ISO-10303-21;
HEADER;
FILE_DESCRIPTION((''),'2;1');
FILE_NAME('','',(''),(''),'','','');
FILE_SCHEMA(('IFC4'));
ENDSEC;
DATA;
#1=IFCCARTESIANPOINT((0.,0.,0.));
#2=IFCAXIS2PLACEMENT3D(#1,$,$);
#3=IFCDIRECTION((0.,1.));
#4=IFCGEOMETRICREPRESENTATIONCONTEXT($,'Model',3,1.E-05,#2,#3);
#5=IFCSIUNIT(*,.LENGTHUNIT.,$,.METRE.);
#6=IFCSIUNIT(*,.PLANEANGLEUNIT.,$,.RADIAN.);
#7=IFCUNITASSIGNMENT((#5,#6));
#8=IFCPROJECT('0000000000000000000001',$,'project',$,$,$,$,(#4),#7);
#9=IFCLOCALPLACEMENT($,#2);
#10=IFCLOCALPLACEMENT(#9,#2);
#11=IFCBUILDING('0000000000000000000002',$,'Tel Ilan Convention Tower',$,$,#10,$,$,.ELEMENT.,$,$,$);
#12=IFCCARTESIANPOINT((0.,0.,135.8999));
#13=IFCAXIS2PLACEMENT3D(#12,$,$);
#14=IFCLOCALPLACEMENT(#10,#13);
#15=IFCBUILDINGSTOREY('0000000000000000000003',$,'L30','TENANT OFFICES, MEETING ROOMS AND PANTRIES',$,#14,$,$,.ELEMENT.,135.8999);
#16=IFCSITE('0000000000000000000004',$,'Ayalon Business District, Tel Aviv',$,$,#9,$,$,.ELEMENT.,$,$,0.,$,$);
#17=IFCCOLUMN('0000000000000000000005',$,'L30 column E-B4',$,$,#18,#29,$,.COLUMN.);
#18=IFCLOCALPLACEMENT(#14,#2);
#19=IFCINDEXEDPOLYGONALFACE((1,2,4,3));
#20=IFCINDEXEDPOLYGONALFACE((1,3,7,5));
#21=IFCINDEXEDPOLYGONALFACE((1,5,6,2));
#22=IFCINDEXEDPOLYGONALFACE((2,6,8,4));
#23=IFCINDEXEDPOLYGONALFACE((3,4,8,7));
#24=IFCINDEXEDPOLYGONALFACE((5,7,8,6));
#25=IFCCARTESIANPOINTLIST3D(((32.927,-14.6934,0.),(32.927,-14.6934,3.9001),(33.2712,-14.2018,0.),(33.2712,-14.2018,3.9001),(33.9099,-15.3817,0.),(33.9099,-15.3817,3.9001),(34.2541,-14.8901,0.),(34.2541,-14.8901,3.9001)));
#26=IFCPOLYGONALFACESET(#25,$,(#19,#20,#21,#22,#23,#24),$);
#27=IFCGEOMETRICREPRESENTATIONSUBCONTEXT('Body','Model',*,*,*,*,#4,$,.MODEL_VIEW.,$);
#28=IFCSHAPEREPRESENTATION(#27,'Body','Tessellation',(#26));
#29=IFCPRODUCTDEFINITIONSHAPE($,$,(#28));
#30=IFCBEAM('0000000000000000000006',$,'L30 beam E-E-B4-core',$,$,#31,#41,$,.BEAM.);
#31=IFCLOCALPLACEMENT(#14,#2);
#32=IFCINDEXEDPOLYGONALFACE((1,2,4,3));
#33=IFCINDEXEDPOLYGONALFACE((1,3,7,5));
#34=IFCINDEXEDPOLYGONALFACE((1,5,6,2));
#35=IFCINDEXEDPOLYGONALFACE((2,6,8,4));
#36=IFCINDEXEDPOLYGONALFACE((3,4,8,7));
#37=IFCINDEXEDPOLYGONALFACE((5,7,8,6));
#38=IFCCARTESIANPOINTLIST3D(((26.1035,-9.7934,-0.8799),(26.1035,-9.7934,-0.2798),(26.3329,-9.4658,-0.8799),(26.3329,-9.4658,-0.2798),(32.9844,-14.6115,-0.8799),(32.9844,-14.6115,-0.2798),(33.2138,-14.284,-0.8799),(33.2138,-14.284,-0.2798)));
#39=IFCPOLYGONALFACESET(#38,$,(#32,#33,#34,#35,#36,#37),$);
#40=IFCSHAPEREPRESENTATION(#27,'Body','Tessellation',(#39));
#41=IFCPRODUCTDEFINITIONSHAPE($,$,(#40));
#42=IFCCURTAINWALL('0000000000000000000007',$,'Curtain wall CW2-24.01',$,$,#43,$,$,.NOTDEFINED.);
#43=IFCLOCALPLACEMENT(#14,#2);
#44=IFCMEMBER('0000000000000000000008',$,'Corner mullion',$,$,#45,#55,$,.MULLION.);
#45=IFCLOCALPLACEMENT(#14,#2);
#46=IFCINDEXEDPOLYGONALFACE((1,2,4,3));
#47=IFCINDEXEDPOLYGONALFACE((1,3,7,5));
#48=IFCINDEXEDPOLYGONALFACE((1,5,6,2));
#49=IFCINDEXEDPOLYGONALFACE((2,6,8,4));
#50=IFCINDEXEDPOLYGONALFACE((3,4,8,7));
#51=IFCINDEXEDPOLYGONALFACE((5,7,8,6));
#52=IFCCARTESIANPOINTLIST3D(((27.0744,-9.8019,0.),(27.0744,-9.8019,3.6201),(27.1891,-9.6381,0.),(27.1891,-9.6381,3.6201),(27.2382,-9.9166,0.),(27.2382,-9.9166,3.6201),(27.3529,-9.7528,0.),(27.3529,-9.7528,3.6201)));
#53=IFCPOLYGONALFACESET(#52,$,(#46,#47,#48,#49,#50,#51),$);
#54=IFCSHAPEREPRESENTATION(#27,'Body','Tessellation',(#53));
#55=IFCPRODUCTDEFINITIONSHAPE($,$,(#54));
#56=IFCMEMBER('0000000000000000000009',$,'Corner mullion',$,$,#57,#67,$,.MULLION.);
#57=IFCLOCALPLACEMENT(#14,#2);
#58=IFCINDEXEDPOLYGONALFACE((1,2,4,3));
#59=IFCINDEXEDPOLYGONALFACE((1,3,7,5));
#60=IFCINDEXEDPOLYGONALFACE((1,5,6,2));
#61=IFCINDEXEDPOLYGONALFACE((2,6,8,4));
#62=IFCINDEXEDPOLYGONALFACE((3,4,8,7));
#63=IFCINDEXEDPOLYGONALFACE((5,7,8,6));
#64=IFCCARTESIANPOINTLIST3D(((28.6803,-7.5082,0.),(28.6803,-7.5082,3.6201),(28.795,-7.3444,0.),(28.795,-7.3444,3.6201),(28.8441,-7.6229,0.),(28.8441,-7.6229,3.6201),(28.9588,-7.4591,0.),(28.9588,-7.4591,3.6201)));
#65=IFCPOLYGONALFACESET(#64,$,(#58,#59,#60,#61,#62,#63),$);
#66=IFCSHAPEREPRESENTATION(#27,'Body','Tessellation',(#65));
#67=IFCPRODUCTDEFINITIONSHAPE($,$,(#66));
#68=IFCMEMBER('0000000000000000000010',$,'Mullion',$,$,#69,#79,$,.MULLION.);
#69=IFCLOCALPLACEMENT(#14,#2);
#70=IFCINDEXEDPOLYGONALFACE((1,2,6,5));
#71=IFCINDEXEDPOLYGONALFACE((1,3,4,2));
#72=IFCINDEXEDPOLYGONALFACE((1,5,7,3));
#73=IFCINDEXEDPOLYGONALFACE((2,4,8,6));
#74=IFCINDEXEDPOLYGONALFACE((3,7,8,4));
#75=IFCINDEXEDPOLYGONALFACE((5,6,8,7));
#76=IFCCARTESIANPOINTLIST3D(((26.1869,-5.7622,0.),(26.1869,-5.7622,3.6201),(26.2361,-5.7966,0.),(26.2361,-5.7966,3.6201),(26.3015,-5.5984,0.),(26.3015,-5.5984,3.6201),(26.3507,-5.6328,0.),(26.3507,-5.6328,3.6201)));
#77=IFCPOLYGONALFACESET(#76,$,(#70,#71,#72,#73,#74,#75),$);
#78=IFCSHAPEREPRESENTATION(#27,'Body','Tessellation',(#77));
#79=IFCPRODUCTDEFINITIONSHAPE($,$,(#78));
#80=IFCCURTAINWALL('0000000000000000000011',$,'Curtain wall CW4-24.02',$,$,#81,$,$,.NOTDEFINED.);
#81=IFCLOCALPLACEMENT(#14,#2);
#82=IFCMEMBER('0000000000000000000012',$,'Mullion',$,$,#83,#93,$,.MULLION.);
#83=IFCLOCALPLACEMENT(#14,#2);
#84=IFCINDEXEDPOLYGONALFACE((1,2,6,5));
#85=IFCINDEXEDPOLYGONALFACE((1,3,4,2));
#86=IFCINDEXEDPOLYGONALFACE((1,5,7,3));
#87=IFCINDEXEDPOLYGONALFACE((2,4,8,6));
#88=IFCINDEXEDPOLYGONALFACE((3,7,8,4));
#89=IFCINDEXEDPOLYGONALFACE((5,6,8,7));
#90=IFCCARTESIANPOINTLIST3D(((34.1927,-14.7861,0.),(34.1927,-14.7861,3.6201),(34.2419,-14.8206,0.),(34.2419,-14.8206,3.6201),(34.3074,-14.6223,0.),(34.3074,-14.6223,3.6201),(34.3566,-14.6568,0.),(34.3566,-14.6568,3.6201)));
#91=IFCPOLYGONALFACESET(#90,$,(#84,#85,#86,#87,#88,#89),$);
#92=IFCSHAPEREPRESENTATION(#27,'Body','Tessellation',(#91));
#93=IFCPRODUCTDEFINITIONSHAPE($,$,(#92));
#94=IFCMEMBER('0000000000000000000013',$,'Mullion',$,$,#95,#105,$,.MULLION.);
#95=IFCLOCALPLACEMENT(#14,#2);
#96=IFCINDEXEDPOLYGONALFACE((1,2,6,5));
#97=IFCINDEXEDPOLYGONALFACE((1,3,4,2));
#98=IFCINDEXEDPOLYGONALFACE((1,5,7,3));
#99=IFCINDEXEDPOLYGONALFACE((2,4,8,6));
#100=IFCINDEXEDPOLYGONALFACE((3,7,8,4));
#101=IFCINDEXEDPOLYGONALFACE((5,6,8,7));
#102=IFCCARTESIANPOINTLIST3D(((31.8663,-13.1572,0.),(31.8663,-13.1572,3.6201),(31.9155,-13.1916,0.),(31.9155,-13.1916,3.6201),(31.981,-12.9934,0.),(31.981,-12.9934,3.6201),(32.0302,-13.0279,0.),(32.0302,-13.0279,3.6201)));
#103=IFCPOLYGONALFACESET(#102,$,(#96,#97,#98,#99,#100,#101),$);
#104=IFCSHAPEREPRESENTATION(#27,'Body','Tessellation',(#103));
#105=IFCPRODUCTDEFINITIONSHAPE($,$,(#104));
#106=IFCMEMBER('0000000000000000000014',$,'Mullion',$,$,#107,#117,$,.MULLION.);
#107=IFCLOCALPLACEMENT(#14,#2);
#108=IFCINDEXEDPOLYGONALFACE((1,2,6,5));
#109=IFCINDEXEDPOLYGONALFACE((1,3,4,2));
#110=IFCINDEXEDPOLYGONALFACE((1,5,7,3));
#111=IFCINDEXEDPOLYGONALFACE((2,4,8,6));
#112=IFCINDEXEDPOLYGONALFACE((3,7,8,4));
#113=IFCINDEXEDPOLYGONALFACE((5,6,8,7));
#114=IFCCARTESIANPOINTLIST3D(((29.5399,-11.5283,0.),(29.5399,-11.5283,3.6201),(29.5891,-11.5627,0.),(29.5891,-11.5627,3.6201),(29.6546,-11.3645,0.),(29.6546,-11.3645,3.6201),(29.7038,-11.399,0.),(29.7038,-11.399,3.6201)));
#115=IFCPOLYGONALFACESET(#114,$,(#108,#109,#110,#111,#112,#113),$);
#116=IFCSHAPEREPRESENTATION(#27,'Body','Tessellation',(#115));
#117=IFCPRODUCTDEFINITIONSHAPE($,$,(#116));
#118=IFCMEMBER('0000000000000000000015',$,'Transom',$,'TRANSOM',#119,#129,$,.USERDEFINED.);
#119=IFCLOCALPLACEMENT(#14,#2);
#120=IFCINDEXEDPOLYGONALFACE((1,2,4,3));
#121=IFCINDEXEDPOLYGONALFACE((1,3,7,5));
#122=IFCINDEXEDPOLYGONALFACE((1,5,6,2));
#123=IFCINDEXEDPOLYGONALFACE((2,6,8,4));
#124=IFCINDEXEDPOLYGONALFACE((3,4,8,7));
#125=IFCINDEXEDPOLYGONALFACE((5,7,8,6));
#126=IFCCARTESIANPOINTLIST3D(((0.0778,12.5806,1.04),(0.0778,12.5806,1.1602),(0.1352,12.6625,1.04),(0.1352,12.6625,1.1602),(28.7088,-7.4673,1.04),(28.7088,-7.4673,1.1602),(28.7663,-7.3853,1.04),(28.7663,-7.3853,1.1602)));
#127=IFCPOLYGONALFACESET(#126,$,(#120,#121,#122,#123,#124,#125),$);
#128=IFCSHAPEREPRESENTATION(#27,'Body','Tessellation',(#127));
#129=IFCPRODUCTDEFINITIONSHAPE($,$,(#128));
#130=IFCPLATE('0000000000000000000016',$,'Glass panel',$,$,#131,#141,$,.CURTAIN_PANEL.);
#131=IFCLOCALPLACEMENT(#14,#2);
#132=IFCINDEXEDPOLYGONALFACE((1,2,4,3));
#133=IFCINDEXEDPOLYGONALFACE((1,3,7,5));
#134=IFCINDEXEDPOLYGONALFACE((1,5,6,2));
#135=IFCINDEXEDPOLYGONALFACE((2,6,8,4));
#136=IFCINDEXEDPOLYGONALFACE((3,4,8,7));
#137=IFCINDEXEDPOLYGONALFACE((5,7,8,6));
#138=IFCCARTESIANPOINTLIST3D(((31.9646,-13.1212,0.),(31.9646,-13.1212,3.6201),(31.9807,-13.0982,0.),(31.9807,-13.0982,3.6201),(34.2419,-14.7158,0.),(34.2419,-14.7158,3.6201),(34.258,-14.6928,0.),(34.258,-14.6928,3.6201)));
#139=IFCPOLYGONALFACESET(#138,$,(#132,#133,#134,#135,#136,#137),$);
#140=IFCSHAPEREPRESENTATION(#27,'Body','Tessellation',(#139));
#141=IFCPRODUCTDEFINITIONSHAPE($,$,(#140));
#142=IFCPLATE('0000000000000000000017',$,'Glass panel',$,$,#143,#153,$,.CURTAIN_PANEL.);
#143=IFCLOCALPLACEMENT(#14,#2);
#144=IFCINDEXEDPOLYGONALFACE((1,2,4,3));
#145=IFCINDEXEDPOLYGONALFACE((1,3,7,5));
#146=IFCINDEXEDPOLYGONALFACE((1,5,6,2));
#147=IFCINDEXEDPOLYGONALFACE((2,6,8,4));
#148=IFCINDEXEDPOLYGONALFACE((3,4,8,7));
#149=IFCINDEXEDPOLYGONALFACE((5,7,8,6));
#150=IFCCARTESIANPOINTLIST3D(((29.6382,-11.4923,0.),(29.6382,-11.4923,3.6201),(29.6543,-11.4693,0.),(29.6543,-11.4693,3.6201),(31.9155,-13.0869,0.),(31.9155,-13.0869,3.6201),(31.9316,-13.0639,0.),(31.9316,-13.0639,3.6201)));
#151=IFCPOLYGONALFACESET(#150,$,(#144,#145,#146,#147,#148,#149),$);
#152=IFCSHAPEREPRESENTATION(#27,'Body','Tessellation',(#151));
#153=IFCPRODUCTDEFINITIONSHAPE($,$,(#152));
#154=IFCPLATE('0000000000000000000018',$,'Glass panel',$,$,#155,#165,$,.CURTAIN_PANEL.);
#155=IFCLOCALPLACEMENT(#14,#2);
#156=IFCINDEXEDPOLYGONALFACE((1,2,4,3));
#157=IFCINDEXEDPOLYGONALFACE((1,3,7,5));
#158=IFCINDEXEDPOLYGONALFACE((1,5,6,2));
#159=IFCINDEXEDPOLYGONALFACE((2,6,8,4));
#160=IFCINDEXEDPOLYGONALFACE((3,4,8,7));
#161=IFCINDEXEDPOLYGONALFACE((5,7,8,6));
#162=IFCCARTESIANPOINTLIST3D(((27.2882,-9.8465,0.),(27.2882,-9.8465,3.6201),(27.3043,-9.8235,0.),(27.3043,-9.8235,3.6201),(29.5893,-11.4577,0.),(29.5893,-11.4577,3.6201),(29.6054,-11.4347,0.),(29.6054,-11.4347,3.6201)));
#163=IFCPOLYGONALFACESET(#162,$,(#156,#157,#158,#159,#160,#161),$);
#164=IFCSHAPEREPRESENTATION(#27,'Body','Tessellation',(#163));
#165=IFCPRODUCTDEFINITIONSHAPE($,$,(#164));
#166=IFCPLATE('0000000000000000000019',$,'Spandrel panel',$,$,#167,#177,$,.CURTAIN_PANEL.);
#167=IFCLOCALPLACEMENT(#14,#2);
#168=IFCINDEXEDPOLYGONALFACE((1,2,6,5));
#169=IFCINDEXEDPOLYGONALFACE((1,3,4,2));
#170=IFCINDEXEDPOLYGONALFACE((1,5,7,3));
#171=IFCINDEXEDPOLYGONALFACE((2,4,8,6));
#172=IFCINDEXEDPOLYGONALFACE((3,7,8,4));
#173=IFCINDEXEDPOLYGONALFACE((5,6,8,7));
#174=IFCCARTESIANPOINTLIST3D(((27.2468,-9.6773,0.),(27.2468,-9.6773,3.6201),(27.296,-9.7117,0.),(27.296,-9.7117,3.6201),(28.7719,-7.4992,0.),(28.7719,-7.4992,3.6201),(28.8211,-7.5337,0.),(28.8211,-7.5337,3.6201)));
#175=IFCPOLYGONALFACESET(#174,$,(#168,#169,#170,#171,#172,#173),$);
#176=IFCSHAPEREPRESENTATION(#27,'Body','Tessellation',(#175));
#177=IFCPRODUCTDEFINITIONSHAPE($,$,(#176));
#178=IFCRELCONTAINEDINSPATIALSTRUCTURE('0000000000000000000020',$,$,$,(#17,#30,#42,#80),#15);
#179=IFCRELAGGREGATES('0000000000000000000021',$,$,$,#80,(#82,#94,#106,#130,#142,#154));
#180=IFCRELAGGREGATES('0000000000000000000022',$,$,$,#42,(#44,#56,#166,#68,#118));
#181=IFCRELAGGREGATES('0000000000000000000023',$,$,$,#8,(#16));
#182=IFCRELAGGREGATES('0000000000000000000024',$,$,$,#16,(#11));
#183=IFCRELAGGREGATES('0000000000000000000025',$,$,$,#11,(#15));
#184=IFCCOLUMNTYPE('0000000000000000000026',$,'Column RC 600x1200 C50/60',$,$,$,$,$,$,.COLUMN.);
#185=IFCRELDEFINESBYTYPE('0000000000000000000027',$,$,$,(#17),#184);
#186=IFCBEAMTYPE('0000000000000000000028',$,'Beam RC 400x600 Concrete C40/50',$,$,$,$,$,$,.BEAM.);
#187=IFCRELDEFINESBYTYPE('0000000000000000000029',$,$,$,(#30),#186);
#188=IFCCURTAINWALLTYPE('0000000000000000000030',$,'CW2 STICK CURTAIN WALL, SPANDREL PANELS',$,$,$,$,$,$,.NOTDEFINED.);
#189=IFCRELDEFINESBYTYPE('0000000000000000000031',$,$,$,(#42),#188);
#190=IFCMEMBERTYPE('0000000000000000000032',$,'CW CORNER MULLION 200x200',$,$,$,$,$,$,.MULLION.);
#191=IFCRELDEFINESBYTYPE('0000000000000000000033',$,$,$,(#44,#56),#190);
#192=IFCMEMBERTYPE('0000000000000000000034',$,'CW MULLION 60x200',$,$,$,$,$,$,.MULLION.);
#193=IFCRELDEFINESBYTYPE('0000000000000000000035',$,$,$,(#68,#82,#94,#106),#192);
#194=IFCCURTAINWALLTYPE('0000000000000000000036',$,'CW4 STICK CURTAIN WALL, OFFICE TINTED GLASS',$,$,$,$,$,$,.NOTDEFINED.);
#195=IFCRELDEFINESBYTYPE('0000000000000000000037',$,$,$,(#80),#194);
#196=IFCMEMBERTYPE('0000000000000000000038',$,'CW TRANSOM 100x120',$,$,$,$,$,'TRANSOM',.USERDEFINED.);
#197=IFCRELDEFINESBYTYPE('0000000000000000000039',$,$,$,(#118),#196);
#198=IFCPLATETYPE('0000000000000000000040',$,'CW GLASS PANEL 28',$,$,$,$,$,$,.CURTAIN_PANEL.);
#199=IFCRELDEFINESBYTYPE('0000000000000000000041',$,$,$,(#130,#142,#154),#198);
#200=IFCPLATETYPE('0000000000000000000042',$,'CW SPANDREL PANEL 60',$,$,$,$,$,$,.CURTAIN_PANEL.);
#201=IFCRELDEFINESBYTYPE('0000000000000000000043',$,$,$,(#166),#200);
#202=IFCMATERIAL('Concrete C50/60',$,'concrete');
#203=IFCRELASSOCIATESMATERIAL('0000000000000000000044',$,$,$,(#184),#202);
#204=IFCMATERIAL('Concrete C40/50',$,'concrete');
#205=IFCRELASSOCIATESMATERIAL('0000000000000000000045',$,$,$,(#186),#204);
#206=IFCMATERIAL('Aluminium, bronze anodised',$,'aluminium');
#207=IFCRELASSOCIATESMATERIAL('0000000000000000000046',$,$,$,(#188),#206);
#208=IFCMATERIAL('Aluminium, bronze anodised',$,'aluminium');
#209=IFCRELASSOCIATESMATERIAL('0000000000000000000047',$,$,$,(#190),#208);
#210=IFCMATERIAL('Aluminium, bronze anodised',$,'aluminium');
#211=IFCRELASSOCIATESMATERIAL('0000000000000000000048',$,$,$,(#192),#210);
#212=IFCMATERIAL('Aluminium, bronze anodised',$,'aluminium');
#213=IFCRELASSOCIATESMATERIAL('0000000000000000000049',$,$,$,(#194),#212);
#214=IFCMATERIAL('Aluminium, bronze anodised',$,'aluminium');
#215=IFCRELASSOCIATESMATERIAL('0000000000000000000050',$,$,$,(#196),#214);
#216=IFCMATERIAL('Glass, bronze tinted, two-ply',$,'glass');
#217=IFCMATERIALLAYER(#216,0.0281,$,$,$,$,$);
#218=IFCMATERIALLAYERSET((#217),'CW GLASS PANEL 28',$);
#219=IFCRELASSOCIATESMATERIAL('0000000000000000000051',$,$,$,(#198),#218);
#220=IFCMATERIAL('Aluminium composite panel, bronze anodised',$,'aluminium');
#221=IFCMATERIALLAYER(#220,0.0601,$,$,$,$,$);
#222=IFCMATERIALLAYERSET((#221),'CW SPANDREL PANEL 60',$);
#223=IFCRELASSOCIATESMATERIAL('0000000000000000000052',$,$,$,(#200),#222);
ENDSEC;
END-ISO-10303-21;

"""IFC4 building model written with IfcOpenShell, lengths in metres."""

from ifc_helpers import new_model, si_unit, direction, frame, origin, origin_2d, place, context, subcontext, project, spatial, rectangle, extrude, material, layer, layer_set, material_profile, profile_set, type_object, element, aggregate, save


model = new_model("IFC4")

# Units and contexts
model_context = context("Model", 3, precision=1e-05, world=origin(), true_north=direction((0.0, 1.0)))
body_context = subcontext(model_context, "Body", "Model", "MODEL_VIEW")
ifc_project = project(units=[si_unit("LENGTHUNIT", "METRE"), si_unit("PLANEANGLEUNIT", "RADIAN")], contexts=[model_context])

# Site, building, storey
site_placement = place(None, origin())
site = spatial("IfcSite", under=ifc_project, at=site_placement, Name="Ayalon Business District, Tel Aviv", CompositionType="ELEMENT", RefElevation=0.0)
building_placement = place(site_placement, origin())
building = spatial("IfcBuilding", under=site, at=building_placement, Name="Tel Ilan Convention Tower", CompositionType="ELEMENT")
storey_placement = place(building_placement, frame((0.0, 0.0, 135.8999)))
storey = spatial("IfcBuildingStorey", under=building, at=storey_placement, Name="L30", Description="TENANT OFFICES, MEETING ROOMS AND PANTRIES", CompositionType="ELEMENT", Elevation=135.8999)

# Column
ifc_material_1 = material(Name="Concrete C50/60", Category="concrete")
ifc_material_profile_1 = material_profile(ifc_material_1, rectangle(XDim=1.2, YDim=0.6001, at=origin_2d()), Name="RC 600x1200")
ifc_profile_set_1 = profile_set([ifc_material_profile_1], Name="Concrete C50/60")
column_type = type_object("IfcColumnType", Name="Column RC 600x1200 C50/60", PredefinedType="COLUMN", material=ifc_profile_set_1)
column_placement = place(storey_placement, frame((33.5906, -14.7917, 0.0), z_axis=(0.0, 0.0, 1.0), x_axis=(0.819152, -0.573576, 0.0)))
element("IfcColumn", 1, at=column_placement, inside=storey, type_object=column_type, Name="L30 column E-B4", PredefinedType="COLUMN", context=body_context, shape_type="SweptSolid", body=[
    extrude(rectangle(XDim=1.2, YDim=0.6001, at=origin_2d()), origin(), (0.0, 0.0, 1.0), 3.9001),
])

# Beam
ifc_material_2 = material(Name="Concrete C40/50", Category="concrete")
ifc_material_profile_2 = material_profile(ifc_material_2, rectangle(XDim=0.3999, YDim=0.6001, at=origin_2d()), Name="RC 400x600")
ifc_profile_set_2 = profile_set([ifc_material_profile_2], Name="Concrete C40/50")
beam_type = type_object("IfcBeamType", Name="Beam RC 400x600 Concrete C40/50", PredefinedType="BEAM", material=ifc_profile_set_2)
beam_placement = place(storey_placement, frame((33.0991, -14.4478, -0.5798), z_axis=(-0.819147, 0.573583, 0.0), x_axis=(-0.573583, -0.819147, 0.0)))
element("IfcBeam", 2, at=beam_placement, inside=storey, type_object=beam_type, Name="L30 beam E-E-B4-core", PredefinedType="BEAM", context=body_context, shape_type="SweptSolid", body=[
    extrude(rectangle(XDim=0.3999, YDim=0.6001, at=origin_2d()), origin(), (0.0, 0.0, 1.0), 8.4001),
])

# Curtain walls, members
ifc_material_3 = material(Name="Aluminium, bronze anodised", Category="aluminium")
curtain_wall_type_1 = type_object("IfcCurtainWallType", Name="CW2 STICK CURTAIN WALL, SPANDREL PANELS", PredefinedType="NOTDEFINED", material=ifc_material_3)
curtain_wall_1_placement = place(storey_placement, origin())
curtain_wall_1 = element("IfcCurtainWall", 3, at=curtain_wall_1_placement, inside=storey, type_object=curtain_wall_type_1, Name="Curtain wall CW2-24.01", PredefinedType="NOTDEFINED")
ifc_material_4 = material(Name="Aluminium, bronze anodised", Category="aluminium")
ifc_material_profile_3 = material_profile(ifc_material_4, rectangle(XDim=0.2, YDim=0.2, at=origin_2d()), Name="CW CORNER MULLION 200x200")
ifc_profile_set_3 = profile_set([ifc_material_profile_3], Name="Aluminium, bronze anodised")
member_type_1 = type_object("IfcMemberType", Name="CW CORNER MULLION 200x200", PredefinedType="MULLION", material=ifc_profile_set_3)
member_1_placement = place(storey_placement, frame((27.2136, -9.7773, 0.0), z_axis=(0.0, 0.0, 1.0), x_axis=(-0.819152, 0.573576, 0.0)))
member_1 = element("IfcMember", 4, at=member_1_placement, type_object=member_type_1, Name="Corner mullion", PredefinedType="MULLION", context=body_context, shape_type="SweptSolid", body=[
    extrude(rectangle(XDim=0.2, YDim=0.2, at=origin_2d()), origin(), (0.0, 0.0, 1.0), 3.6201),
])
member_2_placement = place(storey_placement, frame((28.8196, -7.4836, 0.0), z_axis=(0.0, 0.0, 1.0), x_axis=(0.573576, 0.819152, 0.0)))
member_2 = element("IfcMember", 5, at=member_2_placement, type_object=member_type_1, Name="Corner mullion", PredefinedType="MULLION", context=body_context, shape_type="SweptSolid", body=[
    extrude(rectangle(XDim=0.2, YDim=0.2, at=origin_2d()), origin(), (0.0, 0.0, 1.0), 3.6201),
])
ifc_material_5 = material(Name="Aluminium, bronze anodised", Category="aluminium")
ifc_material_profile_4 = material_profile(ifc_material_5, rectangle(XDim=0.0601, YDim=0.2, at=origin_2d()), Name="CW MULLION 60x200")
ifc_profile_set_4 = profile_set([ifc_material_profile_4], Name="Aluminium, bronze anodised")
member_type_2 = type_object("IfcMemberType", Name="CW MULLION 60x200", PredefinedType="MULLION", material=ifc_profile_set_4)
member_3_placement = place(storey_placement, frame((26.2688, -5.6975, 0.0), z_axis=(0.0, 0.0, 1.0), x_axis=(-0.819152, 0.573576, 0.0)))
member_3 = element("IfcMember", 6, at=member_3_placement, type_object=member_type_2, Name="Mullion", PredefinedType="MULLION", context=body_context, shape_type="SweptSolid", body=[
    extrude(rectangle(XDim=0.0601, YDim=0.2, at=origin_2d()), origin(), (0.0, 0.0, 1.0), 3.6201),
])
ifc_material_6 = material(Name="Aluminium, bronze anodised", Category="aluminium")
curtain_wall_type_2 = type_object("IfcCurtainWallType", Name="CW4 STICK CURTAIN WALL, OFFICE TINTED GLASS", PredefinedType="NOTDEFINED", material=ifc_material_6)
curtain_wall_2_placement = place(storey_placement, origin())
curtain_wall_2 = element("IfcCurtainWall", 7, at=curtain_wall_2_placement, inside=storey, type_object=curtain_wall_type_2, Name="Curtain wall CW4-24.02", PredefinedType="NOTDEFINED")
member_4_placement = place(storey_placement, frame((34.2747, -14.7214, 0.0), z_axis=(0.0, 0.0, 1.0), x_axis=(-0.819152, 0.573576, 0.0)))
member_4 = element("IfcMember", 8, at=member_4_placement, type_object=member_type_2, Name="Mullion", PredefinedType="MULLION", context=body_context, shape_type="SweptSolid", body=[
    extrude(rectangle(XDim=0.0601, YDim=0.2, at=origin_2d()), origin(), (0.0, 0.0, 1.0), 3.6201),
])
member_5_placement = place(storey_placement, frame((31.9482, -13.0925, 0.0), z_axis=(0.0, 0.0, 1.0), x_axis=(-0.819152, 0.573576, 0.0)))
member_5 = element("IfcMember", 9, at=member_5_placement, type_object=member_type_2, Name="Mullion", PredefinedType="MULLION", context=body_context, shape_type="SweptSolid", body=[
    extrude(rectangle(XDim=0.0601, YDim=0.2, at=origin_2d()), origin(), (0.0, 0.0, 1.0), 3.6201),
])
member_6_placement = place(storey_placement, frame((29.6218, -11.4636, 0.0), z_axis=(0.0, 0.0, 1.0), x_axis=(-0.819152, 0.573576, 0.0)))
member_6 = element("IfcMember", 10, at=member_6_placement, type_object=member_type_2, Name="Mullion", PredefinedType="MULLION", context=body_context, shape_type="SweptSolid", body=[
    extrude(rectangle(XDim=0.0601, YDim=0.2, at=origin_2d()), origin(), (0.0, 0.0, 1.0), 3.6201),
])

# Member
ifc_material_7 = material(Name="Aluminium, bronze anodised", Category="aluminium")
ifc_material_profile_5 = material_profile(ifc_material_7, rectangle(XDim=0.1001, YDim=0.1201, at=origin_2d()), Name="CW TRANSOM 100x120")
ifc_profile_set_5 = profile_set([ifc_material_profile_5], Name="Aluminium, bronze anodised")
member_type_3 = type_object("IfcMemberType", Name="CW TRANSOM 100x120", ElementType="TRANSOM", PredefinedType="USERDEFINED", material=ifc_profile_set_5)
member_7_placement = place(storey_placement, frame((28.7375, -7.4263, 1.1001), z_axis=(-0.81915, 0.573579, 0.0), x_axis=(-0.573579, -0.81915, 0.0)))
member_7 = element("IfcMember", 11, at=member_7_placement, type_object=member_type_3, Name="Transom", ObjectType="TRANSOM", PredefinedType="USERDEFINED", context=body_context, shape_type="SweptSolid", body=[
    extrude(rectangle(XDim=0.1001, YDim=0.1201, at=origin_2d()), origin(), (0.0, 0.0, 1.0), 34.9521),
])

# Plates
ifc_material_8 = material(Name="Glass, bronze tinted, two-ply", Category="glass")
ifc_layer_1 = layer(ifc_material_8, 0.0281)
ifc_layer_set_1 = layer_set([ifc_layer_1], Name="CW GLASS PANEL 28")
plate_type_1 = type_object("IfcPlateType", Name="CW GLASS PANEL 28", PredefinedType="CURTAIN_PANEL", material=ifc_layer_set_1)
plate_1_placement = place(storey_placement, frame((33.1113, -13.907, 0.0), z_axis=(0.0, 0.0, 1.0), x_axis=(-0.819152, 0.573576, 0.0)))
plate_1 = element("IfcPlate", 12, at=plate_1_placement, type_object=plate_type_1, Name="Glass panel", PredefinedType="CURTAIN_PANEL", context=body_context, shape_type="SweptSolid", body=[
    extrude(rectangle(XDim=2.78, YDim=0.0281, at=origin_2d()), origin(), (0.0, 0.0, 1.0), 3.6201),
])
plate_2_placement = place(storey_placement, frame((30.7849, -12.2781, 0.0), z_axis=(0.0, 0.0, 1.0), x_axis=(-0.819152, 0.573576, 0.0)))
plate_2 = element("IfcPlate", 13, at=plate_2_placement, type_object=plate_type_1, Name="Glass panel", PredefinedType="CURTAIN_PANEL", context=body_context, shape_type="SweptSolid", body=[
    extrude(rectangle(XDim=2.78, YDim=0.0281, at=origin_2d()), origin(), (0.0, 0.0, 1.0), 3.6201),
])
plate_3_placement = place(storey_placement, frame((28.4468, -10.6406, 0.0), z_axis=(0.0, 0.0, 1.0), x_axis=(-0.819152, 0.573576, 0.0)))
plate_3 = element("IfcPlate", 14, at=plate_3_placement, type_object=plate_type_1, Name="Glass panel", PredefinedType="CURTAIN_PANEL", context=body_context, shape_type="SweptSolid", body=[
    extrude(rectangle(XDim=2.8091, YDim=0.0281, at=origin_2d()), origin(), (0.0, 0.0, 1.0), 3.6201),
])
aggregate(curtain_wall_2, [member_4, member_5, member_6, plate_1, plate_2, plate_3])
ifc_material_9 = material(Name="Aluminium composite panel, bronze anodised", Category="aluminium")
ifc_layer_2 = layer(ifc_material_9, 0.0601)
ifc_layer_set_2 = layer_set([ifc_layer_2], Name="CW SPANDREL PANEL 60")
plate_type_2 = type_object("IfcPlateType", Name="CW SPANDREL PANEL 60", PredefinedType="CURTAIN_PANEL", material=ifc_layer_set_2)
plate_4_placement = place(storey_placement, frame((28.0339, -8.6055, 0.0), z_axis=(0.0, 0.0, 1.0), x_axis=(0.573576, 0.819152, 0.0)))
plate_4 = element("IfcPlate", 15, at=plate_4_placement, type_object=plate_type_2, Name="Spandrel panel", PredefinedType="CURTAIN_PANEL", context=body_context, shape_type="SweptSolid", body=[
    extrude(rectangle(XDim=2.6589, YDim=0.0601, at=origin_2d()), origin(), (0.0, 0.0, 1.0), 3.6201),
])
aggregate(curtain_wall_1, [member_1, member_2, plate_4, member_3, member_7])

save(model, "model.ifc")
